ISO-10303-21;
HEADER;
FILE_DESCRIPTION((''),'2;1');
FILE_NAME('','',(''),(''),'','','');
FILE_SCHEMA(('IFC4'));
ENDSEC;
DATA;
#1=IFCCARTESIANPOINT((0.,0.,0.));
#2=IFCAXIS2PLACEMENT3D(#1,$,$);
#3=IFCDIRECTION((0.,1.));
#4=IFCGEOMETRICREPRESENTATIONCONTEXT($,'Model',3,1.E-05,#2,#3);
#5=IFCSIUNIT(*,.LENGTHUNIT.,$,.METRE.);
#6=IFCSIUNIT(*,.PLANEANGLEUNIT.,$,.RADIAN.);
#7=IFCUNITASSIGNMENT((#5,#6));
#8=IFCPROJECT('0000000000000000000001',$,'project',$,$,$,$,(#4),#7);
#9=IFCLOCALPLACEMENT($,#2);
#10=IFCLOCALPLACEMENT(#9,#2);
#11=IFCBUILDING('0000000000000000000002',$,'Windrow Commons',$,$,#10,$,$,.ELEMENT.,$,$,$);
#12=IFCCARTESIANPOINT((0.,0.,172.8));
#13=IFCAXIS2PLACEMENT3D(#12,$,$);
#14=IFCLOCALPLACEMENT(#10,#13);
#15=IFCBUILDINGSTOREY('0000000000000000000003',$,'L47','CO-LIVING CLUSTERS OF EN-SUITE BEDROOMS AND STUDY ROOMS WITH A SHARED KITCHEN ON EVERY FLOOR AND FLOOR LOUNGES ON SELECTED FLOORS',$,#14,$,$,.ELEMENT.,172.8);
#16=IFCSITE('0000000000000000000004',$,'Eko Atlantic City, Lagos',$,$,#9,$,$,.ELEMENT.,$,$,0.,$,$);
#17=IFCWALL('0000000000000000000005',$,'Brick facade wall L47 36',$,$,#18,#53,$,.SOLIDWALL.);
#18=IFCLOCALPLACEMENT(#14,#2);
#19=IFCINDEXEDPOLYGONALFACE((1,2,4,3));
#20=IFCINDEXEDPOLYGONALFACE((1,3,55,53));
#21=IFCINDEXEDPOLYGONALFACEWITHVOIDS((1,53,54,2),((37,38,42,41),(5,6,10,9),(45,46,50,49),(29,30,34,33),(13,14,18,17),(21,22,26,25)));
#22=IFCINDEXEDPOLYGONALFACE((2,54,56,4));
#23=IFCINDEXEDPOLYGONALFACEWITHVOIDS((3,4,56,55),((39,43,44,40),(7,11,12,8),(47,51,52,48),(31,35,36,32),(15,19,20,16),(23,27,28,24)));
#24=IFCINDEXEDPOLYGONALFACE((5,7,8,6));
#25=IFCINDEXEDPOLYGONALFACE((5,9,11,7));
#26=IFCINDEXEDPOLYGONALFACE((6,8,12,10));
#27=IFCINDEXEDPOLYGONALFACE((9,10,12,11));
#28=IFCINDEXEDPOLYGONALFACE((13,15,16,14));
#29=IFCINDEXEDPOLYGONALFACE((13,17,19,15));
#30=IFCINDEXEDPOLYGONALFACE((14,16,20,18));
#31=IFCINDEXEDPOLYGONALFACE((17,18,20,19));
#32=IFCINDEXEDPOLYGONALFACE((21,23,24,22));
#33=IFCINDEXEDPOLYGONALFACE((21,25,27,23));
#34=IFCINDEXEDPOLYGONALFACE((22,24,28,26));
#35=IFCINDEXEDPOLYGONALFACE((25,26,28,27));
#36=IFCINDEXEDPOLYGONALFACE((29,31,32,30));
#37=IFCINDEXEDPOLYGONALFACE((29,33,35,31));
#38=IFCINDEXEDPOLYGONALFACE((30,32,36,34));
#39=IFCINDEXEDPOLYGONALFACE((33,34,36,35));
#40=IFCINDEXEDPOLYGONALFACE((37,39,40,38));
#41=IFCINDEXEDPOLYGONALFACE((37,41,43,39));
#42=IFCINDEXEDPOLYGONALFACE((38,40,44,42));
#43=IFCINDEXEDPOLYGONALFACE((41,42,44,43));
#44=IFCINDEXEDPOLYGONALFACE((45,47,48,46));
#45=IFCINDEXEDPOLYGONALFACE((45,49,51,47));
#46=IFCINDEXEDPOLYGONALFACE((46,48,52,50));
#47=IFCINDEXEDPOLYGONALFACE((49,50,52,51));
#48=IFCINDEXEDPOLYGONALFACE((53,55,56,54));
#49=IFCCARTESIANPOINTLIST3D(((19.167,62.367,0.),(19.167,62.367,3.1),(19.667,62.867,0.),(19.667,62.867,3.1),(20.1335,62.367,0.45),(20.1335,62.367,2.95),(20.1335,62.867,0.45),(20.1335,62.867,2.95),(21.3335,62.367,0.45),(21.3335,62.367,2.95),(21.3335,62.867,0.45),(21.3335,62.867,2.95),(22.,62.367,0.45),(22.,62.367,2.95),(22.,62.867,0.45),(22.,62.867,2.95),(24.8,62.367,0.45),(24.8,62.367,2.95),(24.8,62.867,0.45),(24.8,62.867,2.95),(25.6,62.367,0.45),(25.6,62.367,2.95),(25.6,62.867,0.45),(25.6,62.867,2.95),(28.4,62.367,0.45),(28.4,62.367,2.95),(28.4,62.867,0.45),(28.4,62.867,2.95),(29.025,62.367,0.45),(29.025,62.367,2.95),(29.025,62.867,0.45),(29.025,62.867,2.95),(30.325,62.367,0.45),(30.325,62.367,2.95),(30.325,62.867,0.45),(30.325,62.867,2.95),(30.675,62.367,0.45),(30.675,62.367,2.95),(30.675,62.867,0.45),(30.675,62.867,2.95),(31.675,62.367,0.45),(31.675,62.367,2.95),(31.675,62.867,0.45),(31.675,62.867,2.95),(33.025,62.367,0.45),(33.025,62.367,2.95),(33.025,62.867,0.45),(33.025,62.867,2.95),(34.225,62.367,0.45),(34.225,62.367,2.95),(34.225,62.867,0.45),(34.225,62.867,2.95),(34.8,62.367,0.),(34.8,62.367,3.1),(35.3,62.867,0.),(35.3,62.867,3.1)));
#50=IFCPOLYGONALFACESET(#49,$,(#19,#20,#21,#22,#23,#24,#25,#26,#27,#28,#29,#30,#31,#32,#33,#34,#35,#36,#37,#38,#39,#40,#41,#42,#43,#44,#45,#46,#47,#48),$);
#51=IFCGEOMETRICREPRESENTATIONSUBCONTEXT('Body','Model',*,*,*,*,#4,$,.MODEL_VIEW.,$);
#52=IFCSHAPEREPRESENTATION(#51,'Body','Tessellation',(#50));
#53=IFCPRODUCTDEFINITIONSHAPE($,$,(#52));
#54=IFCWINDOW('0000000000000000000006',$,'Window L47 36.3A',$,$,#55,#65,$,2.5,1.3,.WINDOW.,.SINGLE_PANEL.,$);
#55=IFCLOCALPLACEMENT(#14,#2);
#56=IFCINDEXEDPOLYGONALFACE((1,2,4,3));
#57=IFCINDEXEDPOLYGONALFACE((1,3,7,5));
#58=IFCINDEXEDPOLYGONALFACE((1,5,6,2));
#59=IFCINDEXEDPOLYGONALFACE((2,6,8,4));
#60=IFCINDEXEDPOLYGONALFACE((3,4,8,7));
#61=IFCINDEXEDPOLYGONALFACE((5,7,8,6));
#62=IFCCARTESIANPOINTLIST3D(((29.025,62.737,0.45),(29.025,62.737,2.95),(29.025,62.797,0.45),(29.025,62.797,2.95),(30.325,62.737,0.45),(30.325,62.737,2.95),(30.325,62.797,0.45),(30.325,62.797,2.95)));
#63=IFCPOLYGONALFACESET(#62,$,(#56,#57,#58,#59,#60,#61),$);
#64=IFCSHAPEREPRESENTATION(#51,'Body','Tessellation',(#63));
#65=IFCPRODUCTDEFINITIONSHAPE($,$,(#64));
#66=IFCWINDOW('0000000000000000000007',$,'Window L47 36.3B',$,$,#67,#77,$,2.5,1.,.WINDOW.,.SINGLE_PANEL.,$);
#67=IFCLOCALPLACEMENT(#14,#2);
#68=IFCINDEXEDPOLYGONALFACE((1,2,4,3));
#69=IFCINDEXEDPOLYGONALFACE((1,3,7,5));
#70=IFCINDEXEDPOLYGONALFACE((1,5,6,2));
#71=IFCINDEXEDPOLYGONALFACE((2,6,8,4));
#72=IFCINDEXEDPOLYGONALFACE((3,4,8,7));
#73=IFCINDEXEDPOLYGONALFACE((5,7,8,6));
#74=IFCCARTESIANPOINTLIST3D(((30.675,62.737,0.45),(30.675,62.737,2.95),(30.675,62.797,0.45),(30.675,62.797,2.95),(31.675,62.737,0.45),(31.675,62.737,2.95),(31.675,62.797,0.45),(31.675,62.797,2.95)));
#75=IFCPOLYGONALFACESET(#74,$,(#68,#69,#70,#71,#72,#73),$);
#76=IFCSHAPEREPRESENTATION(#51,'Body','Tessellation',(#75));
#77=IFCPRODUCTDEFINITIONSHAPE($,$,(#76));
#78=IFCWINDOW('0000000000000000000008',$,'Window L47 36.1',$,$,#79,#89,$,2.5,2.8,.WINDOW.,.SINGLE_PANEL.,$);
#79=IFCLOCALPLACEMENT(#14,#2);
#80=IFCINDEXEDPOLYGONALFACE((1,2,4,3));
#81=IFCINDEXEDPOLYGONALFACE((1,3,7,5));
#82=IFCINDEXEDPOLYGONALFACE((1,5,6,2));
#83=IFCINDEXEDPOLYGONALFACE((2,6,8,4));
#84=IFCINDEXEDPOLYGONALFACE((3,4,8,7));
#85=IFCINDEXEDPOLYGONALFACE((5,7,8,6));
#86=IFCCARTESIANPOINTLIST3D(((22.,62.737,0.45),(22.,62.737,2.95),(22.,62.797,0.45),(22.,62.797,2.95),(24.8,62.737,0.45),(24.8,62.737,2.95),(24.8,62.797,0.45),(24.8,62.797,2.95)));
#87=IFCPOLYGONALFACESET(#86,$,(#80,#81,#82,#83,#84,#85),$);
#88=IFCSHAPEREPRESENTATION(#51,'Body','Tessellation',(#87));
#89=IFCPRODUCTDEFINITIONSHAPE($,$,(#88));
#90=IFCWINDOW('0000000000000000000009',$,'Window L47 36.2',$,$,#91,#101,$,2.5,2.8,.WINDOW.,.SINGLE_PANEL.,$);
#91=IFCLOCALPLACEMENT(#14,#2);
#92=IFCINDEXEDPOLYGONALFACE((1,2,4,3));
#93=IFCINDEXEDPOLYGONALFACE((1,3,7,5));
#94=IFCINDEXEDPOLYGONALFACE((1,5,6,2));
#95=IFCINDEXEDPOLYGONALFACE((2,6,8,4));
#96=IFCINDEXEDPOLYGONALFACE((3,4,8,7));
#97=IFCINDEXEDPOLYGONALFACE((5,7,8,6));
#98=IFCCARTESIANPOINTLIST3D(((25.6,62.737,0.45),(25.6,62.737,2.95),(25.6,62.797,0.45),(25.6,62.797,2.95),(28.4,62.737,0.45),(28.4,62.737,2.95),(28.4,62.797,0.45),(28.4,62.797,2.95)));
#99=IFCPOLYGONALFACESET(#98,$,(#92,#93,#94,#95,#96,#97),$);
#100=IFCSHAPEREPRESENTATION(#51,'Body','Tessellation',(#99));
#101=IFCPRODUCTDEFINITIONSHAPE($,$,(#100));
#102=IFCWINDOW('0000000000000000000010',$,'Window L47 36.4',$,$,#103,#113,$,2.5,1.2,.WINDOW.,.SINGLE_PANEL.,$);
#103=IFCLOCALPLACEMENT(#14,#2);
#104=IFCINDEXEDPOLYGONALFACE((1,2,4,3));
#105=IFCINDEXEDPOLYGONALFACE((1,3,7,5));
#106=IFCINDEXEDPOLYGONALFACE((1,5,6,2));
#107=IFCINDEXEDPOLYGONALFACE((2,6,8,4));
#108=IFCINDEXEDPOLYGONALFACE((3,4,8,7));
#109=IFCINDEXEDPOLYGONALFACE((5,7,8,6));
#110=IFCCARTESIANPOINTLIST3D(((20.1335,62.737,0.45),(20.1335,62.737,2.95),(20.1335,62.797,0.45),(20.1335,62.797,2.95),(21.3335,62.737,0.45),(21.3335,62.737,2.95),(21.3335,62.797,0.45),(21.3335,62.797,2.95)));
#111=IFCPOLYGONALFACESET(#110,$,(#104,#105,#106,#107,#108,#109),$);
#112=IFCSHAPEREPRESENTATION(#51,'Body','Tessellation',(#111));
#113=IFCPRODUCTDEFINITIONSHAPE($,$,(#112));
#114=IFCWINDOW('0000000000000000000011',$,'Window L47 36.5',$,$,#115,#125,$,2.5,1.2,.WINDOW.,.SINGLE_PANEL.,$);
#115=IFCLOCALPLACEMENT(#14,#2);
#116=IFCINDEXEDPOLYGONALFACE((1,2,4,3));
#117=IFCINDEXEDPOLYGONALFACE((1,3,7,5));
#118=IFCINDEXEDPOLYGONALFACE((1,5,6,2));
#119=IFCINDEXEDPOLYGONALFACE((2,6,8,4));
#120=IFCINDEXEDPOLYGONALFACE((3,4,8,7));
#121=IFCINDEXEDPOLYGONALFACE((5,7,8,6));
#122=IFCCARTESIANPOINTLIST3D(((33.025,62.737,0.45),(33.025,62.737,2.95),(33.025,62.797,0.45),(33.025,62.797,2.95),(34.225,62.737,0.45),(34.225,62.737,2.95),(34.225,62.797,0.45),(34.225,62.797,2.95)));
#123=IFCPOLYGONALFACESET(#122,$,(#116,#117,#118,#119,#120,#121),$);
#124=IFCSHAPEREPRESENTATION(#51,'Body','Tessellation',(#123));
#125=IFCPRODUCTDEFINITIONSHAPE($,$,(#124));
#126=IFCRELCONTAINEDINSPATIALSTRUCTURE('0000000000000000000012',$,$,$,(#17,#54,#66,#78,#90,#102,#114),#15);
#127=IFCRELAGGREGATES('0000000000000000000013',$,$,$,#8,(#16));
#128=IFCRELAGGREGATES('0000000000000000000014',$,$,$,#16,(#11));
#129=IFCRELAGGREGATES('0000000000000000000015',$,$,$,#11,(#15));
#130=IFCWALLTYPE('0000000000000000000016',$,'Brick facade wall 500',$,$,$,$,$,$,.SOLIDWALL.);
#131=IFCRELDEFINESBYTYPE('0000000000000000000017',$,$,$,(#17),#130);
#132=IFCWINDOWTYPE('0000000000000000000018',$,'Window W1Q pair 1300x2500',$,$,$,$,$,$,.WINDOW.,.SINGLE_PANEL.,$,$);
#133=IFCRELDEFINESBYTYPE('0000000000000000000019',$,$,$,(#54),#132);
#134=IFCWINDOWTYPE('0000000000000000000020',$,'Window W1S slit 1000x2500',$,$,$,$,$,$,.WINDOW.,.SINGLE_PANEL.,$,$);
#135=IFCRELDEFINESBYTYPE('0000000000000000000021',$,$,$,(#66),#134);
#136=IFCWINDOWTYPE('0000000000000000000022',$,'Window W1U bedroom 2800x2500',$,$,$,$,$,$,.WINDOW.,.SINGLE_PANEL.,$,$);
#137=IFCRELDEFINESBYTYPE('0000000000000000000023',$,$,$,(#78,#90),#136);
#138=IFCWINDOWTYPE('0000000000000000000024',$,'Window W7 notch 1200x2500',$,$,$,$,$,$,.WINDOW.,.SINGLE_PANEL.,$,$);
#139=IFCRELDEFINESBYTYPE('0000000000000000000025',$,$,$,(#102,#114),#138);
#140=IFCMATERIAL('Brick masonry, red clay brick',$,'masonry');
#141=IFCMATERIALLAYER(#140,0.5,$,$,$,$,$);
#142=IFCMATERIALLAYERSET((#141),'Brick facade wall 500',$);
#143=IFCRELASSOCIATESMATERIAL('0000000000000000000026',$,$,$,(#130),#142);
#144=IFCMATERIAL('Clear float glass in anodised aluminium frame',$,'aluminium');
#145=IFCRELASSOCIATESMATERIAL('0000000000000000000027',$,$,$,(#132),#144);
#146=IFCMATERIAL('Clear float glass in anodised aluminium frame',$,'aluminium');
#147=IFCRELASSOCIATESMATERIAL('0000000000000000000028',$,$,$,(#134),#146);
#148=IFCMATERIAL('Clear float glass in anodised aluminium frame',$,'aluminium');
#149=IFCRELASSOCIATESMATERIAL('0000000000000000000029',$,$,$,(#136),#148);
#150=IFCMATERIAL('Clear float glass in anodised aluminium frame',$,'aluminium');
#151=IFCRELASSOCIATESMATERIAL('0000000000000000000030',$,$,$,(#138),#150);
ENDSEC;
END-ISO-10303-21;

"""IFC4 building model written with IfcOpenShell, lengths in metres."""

from ifc_helpers import new_model, si_unit, direction, frame, frame_2d, origin, place, context, subcontext, project, spatial, polyline, rectangle, outline, extrude, material, layer, layer_set, type_object, element, fill, save


model = new_model("IFC4")

# Units and contexts
model_context = context("Model", 3, precision=1e-05, world=origin(), true_north=direction((0.0, 1.0)))
body_context = subcontext(model_context, "Body", "Model", "MODEL_VIEW")
ifc_project = project(units=[si_unit("LENGTHUNIT", "METRE"), si_unit("PLANEANGLEUNIT", "RADIAN")], contexts=[model_context])

# Site, building, storey
site_placement = place(None, origin())
site = spatial("IfcSite", under=ifc_project, at=site_placement, Name="Eko Atlantic City, Lagos", CompositionType="ELEMENT", RefElevation=0.0)
building_placement = place(site_placement, origin())
building = spatial("IfcBuilding", under=site, at=building_placement, Name="Windrow Commons", CompositionType="ELEMENT")
storey_placement = place(building_placement, frame((0.0, 0.0, 172.8)))
storey = spatial("IfcBuildingStorey", under=building, at=storey_placement, Name="L47", Description="CO-LIVING CLUSTERS OF EN-SUITE BEDROOMS AND STUDY ROOMS WITH A SHARED KITCHEN ON EVERY FLOOR AND FLOOR LOUNGES ON SELECTED FLOORS", CompositionType="ELEMENT", Elevation=172.8)

# Wall, openings, windows
ifc_material_1 = material(Name="Brick masonry, red clay brick", Category="masonry")
ifc_layer_1 = layer(ifc_material_1, 0.5)
ifc_layer_set_1 = layer_set([ifc_layer_1], Name="Brick facade wall 500")
wall_type_1 = type_object("IfcWallType", Name="Brick facade wall 500", PredefinedType="SOLIDWALL", material=ifc_layer_set_1)
wall_1_placement = place(storey_placement, frame((19.417, 62.617, 0.0), z_axis=(0.0, 0.0, 1.0), x_axis=(1.0, 0.0, 0.0)))
wall_1 = element("IfcWall", 1, at=wall_1_placement, inside=storey, type_object=wall_type_1, Name="Brick facade wall L47 36", PredefinedType="SOLIDWALL", context=body_context, shape_type="SweptSolid", body=[
    extrude(outline(polyline([(-0.25, -0.25), (15.383, -0.25), (15.883, 0.25), (0.25, 0.25), (-0.25, -0.25)])), origin(), (0.0, 0.0, 1.0), 3.1),
])
opening_1_placement = place(wall_1_placement, frame((2.583, 0.0, 0.45)))
opening_1 = element("IfcOpeningElement", 2, at=opening_1_placement, cuts=wall_1, PredefinedType="OPENING", context=body_context, shape_type="SweptSolid", body=[
    extrude(rectangle(XDim=2.8, YDim=2.5, at=frame_2d((1.4, 1.25))), frame((0.0, 0.26, 0.0), z_axis=(0.0, -1.0, 0.0), x_axis=(1.0, 0.0, 0.0)), (0.0, 0.0, 1.0), 0.52),
])
opening_2_placement = place(wall_1_placement, frame((6.183, 0.0, 0.45)))
opening_2 = element("IfcOpeningElement", 3, at=opening_2_placement, cuts=wall_1, PredefinedType="OPENING", context=body_context, shape_type="SweptSolid", body=[
    extrude(rectangle(XDim=2.8, YDim=2.5, at=frame_2d((1.4, 1.25))), frame((0.0, 0.26, 0.0), z_axis=(0.0, -1.0, 0.0), x_axis=(1.0, 0.0, 0.0)), (0.0, 0.0, 1.0), 0.52),
])
opening_3_placement = place(wall_1_placement, frame((0.7165, 0.0, 0.45)))
opening_3 = element("IfcOpeningElement", 4, at=opening_3_placement, cuts=wall_1, PredefinedType="OPENING", context=body_context, shape_type="SweptSolid", body=[
    extrude(rectangle(XDim=1.2, YDim=2.5, at=frame_2d((0.6, 1.25))), frame((0.0, 0.26, 0.0), z_axis=(0.0, -1.0, 0.0), x_axis=(1.0, 0.0, 0.0)), (0.0, 0.0, 1.0), 0.52),
])
opening_4_placement = place(wall_1_placement, frame((13.608, 0.0, 0.45)))
opening_4 = element("IfcOpeningElement", 5, at=opening_4_placement, cuts=wall_1, PredefinedType="OPENING", context=body_context, shape_type="SweptSolid", body=[
    extrude(rectangle(XDim=1.2, YDim=2.5, at=frame_2d((0.6, 1.25))), frame((0.0, 0.26, 0.0), z_axis=(0.0, -1.0, 0.0), x_axis=(1.0, 0.0, 0.0)), (0.0, 0.0, 1.0), 0.52),
])
opening_5_placement = place(wall_1_placement, frame((9.608, 0.0, 0.45)))
opening_5 = element("IfcOpeningElement", 6, at=opening_5_placement, cuts=wall_1, PredefinedType="OPENING", context=body_context, shape_type="SweptSolid", body=[
    extrude(rectangle(XDim=1.3, YDim=2.5, at=frame_2d((0.65, 1.25))), frame((0.0, 0.26, 0.0), z_axis=(0.0, -1.0, 0.0), x_axis=(1.0, 0.0, 0.0)), (0.0, 0.0, 1.0), 0.52),
])
opening_6_placement = place(wall_1_placement, frame((11.258, 0.0, 0.45)))
opening_6 = element("IfcOpeningElement", 7, at=opening_6_placement, cuts=wall_1, PredefinedType="OPENING", context=body_context, shape_type="SweptSolid", body=[
    extrude(rectangle(XDim=1.0, YDim=2.5, at=frame_2d((0.5, 1.25))), frame((0.0, 0.26, 0.0), z_axis=(0.0, -1.0, 0.0), x_axis=(1.0, 0.0, 0.0)), (0.0, 0.0, 1.0), 0.52),
])
ifc_material_2 = material(Name="Clear float glass in anodised aluminium frame", Category="aluminium")
window_type_1 = type_object("IfcWindowType", Name="Window W1Q pair 1300x2500", PartitioningType="SINGLE_PANEL", PredefinedType="WINDOW", material=ifc_material_2)
window_1_placement = place(opening_5_placement, origin())
window_1 = element("IfcWindow", 8, at=window_1_placement, inside=storey, type_object=window_type_1, Name="Window L47 36.3A", OverallHeight=2.5, OverallWidth=1.3, PartitioningType="SINGLE_PANEL", PredefinedType="WINDOW", context=body_context, shape_type="SweptSolid", body=[
    extrude(rectangle(XDim=1.3, YDim=2.5, at=frame_2d((0.65, 1.25))), frame((0.0, 0.18, 0.0), z_axis=(0.0, -1.0, 0.0), x_axis=(1.0, 0.0, 0.0)), (0.0, 0.0, 1.0), 0.06),
])
fill(opening_5, window_1)
ifc_material_3 = material(Name="Clear float glass in anodised aluminium frame", Category="aluminium")
window_type_2 = type_object("IfcWindowType", Name="Window W1S slit 1000x2500", PartitioningType="SINGLE_PANEL", PredefinedType="WINDOW", material=ifc_material_3)
window_2_placement = place(opening_6_placement, origin())
window_2 = element("IfcWindow", 9, at=window_2_placement, inside=storey, type_object=window_type_2, Name="Window L47 36.3B", OverallHeight=2.5, OverallWidth=1.0, PartitioningType="SINGLE_PANEL", PredefinedType="WINDOW", context=body_context, shape_type="SweptSolid", body=[
    extrude(rectangle(XDim=1.0, YDim=2.5, at=frame_2d((0.5, 1.25))), frame((0.0, 0.18, 0.0), z_axis=(0.0, -1.0, 0.0), x_axis=(1.0, 0.0, 0.0)), (0.0, 0.0, 1.0), 0.06),
])
fill(opening_6, window_2)
ifc_material_4 = material(Name="Clear float glass in anodised aluminium frame", Category="aluminium")
window_type_3 = type_object("IfcWindowType", Name="Window W1U bedroom 2800x2500", PartitioningType="SINGLE_PANEL", PredefinedType="WINDOW", material=ifc_material_4)
window_3_placement = place(opening_1_placement, origin())
window_3 = element("IfcWindow", 10, at=window_3_placement, inside=storey, type_object=window_type_3, Name="Window L47 36.1", OverallHeight=2.5, OverallWidth=2.8, PartitioningType="SINGLE_PANEL", PredefinedType="WINDOW", context=body_context, shape_type="SweptSolid", body=[
    extrude(rectangle(XDim=2.8, YDim=2.5, at=frame_2d((1.4, 1.25))), frame((0.0, 0.18, 0.0), z_axis=(0.0, -1.0, 0.0), x_axis=(1.0, 0.0, 0.0)), (0.0, 0.0, 1.0), 0.06),
])
fill(opening_1, window_3)
window_4_placement = place(opening_2_placement, origin())
window_4 = element("IfcWindow", 11, at=window_4_placement, inside=storey, type_object=window_type_3, Name="Window L47 36.2", OverallHeight=2.5, OverallWidth=2.8, PartitioningType="SINGLE_PANEL", PredefinedType="WINDOW", context=body_context, shape_type="SweptSolid", body=[
    extrude(rectangle(XDim=2.8, YDim=2.5, at=frame_2d((1.4, 1.25))), frame((0.0, 0.18, 0.0), z_axis=(0.0, -1.0, 0.0), x_axis=(1.0, 0.0, 0.0)), (0.0, 0.0, 1.0), 0.06),
])
fill(opening_2, window_4)
ifc_material_5 = material(Name="Clear float glass in anodised aluminium frame", Category="aluminium")
window_type_4 = type_object("IfcWindowType", Name="Window W7 notch 1200x2500", PartitioningType="SINGLE_PANEL", PredefinedType="WINDOW", material=ifc_material_5)
window_5_placement = place(opening_3_placement, origin())
window_5 = element("IfcWindow", 12, at=window_5_placement, inside=storey, type_object=window_type_4, Name="Window L47 36.4", OverallHeight=2.5, OverallWidth=1.2, PartitioningType="SINGLE_PANEL", PredefinedType="WINDOW", context=body_context, shape_type="SweptSolid", body=[
    extrude(rectangle(XDim=1.2, YDim=2.5, at=frame_2d((0.6, 1.25))), frame((0.0, 0.18, 0.0), z_axis=(0.0, -1.0, 0.0), x_axis=(1.0, 0.0, 0.0)), (0.0, 0.0, 1.0), 0.06),
])
fill(opening_3, window_5)
window_6_placement = place(opening_4_placement, origin())
window_6 = element("IfcWindow", 13, at=window_6_placement, inside=storey, type_object=window_type_4, Name="Window L47 36.5", OverallHeight=2.5, OverallWidth=1.2, PartitioningType="SINGLE_PANEL", PredefinedType="WINDOW", context=body_context, shape_type="SweptSolid", body=[
    extrude(rectangle(XDim=1.2, YDim=2.5, at=frame_2d((0.6, 1.25))), frame((0.0, 0.18, 0.0), z_axis=(0.0, -1.0, 0.0), x_axis=(1.0, 0.0, 0.0)), (0.0, 0.0, 1.0), 0.06),
])
fill(opening_4, window_6)

save(model, "model.ifc")
